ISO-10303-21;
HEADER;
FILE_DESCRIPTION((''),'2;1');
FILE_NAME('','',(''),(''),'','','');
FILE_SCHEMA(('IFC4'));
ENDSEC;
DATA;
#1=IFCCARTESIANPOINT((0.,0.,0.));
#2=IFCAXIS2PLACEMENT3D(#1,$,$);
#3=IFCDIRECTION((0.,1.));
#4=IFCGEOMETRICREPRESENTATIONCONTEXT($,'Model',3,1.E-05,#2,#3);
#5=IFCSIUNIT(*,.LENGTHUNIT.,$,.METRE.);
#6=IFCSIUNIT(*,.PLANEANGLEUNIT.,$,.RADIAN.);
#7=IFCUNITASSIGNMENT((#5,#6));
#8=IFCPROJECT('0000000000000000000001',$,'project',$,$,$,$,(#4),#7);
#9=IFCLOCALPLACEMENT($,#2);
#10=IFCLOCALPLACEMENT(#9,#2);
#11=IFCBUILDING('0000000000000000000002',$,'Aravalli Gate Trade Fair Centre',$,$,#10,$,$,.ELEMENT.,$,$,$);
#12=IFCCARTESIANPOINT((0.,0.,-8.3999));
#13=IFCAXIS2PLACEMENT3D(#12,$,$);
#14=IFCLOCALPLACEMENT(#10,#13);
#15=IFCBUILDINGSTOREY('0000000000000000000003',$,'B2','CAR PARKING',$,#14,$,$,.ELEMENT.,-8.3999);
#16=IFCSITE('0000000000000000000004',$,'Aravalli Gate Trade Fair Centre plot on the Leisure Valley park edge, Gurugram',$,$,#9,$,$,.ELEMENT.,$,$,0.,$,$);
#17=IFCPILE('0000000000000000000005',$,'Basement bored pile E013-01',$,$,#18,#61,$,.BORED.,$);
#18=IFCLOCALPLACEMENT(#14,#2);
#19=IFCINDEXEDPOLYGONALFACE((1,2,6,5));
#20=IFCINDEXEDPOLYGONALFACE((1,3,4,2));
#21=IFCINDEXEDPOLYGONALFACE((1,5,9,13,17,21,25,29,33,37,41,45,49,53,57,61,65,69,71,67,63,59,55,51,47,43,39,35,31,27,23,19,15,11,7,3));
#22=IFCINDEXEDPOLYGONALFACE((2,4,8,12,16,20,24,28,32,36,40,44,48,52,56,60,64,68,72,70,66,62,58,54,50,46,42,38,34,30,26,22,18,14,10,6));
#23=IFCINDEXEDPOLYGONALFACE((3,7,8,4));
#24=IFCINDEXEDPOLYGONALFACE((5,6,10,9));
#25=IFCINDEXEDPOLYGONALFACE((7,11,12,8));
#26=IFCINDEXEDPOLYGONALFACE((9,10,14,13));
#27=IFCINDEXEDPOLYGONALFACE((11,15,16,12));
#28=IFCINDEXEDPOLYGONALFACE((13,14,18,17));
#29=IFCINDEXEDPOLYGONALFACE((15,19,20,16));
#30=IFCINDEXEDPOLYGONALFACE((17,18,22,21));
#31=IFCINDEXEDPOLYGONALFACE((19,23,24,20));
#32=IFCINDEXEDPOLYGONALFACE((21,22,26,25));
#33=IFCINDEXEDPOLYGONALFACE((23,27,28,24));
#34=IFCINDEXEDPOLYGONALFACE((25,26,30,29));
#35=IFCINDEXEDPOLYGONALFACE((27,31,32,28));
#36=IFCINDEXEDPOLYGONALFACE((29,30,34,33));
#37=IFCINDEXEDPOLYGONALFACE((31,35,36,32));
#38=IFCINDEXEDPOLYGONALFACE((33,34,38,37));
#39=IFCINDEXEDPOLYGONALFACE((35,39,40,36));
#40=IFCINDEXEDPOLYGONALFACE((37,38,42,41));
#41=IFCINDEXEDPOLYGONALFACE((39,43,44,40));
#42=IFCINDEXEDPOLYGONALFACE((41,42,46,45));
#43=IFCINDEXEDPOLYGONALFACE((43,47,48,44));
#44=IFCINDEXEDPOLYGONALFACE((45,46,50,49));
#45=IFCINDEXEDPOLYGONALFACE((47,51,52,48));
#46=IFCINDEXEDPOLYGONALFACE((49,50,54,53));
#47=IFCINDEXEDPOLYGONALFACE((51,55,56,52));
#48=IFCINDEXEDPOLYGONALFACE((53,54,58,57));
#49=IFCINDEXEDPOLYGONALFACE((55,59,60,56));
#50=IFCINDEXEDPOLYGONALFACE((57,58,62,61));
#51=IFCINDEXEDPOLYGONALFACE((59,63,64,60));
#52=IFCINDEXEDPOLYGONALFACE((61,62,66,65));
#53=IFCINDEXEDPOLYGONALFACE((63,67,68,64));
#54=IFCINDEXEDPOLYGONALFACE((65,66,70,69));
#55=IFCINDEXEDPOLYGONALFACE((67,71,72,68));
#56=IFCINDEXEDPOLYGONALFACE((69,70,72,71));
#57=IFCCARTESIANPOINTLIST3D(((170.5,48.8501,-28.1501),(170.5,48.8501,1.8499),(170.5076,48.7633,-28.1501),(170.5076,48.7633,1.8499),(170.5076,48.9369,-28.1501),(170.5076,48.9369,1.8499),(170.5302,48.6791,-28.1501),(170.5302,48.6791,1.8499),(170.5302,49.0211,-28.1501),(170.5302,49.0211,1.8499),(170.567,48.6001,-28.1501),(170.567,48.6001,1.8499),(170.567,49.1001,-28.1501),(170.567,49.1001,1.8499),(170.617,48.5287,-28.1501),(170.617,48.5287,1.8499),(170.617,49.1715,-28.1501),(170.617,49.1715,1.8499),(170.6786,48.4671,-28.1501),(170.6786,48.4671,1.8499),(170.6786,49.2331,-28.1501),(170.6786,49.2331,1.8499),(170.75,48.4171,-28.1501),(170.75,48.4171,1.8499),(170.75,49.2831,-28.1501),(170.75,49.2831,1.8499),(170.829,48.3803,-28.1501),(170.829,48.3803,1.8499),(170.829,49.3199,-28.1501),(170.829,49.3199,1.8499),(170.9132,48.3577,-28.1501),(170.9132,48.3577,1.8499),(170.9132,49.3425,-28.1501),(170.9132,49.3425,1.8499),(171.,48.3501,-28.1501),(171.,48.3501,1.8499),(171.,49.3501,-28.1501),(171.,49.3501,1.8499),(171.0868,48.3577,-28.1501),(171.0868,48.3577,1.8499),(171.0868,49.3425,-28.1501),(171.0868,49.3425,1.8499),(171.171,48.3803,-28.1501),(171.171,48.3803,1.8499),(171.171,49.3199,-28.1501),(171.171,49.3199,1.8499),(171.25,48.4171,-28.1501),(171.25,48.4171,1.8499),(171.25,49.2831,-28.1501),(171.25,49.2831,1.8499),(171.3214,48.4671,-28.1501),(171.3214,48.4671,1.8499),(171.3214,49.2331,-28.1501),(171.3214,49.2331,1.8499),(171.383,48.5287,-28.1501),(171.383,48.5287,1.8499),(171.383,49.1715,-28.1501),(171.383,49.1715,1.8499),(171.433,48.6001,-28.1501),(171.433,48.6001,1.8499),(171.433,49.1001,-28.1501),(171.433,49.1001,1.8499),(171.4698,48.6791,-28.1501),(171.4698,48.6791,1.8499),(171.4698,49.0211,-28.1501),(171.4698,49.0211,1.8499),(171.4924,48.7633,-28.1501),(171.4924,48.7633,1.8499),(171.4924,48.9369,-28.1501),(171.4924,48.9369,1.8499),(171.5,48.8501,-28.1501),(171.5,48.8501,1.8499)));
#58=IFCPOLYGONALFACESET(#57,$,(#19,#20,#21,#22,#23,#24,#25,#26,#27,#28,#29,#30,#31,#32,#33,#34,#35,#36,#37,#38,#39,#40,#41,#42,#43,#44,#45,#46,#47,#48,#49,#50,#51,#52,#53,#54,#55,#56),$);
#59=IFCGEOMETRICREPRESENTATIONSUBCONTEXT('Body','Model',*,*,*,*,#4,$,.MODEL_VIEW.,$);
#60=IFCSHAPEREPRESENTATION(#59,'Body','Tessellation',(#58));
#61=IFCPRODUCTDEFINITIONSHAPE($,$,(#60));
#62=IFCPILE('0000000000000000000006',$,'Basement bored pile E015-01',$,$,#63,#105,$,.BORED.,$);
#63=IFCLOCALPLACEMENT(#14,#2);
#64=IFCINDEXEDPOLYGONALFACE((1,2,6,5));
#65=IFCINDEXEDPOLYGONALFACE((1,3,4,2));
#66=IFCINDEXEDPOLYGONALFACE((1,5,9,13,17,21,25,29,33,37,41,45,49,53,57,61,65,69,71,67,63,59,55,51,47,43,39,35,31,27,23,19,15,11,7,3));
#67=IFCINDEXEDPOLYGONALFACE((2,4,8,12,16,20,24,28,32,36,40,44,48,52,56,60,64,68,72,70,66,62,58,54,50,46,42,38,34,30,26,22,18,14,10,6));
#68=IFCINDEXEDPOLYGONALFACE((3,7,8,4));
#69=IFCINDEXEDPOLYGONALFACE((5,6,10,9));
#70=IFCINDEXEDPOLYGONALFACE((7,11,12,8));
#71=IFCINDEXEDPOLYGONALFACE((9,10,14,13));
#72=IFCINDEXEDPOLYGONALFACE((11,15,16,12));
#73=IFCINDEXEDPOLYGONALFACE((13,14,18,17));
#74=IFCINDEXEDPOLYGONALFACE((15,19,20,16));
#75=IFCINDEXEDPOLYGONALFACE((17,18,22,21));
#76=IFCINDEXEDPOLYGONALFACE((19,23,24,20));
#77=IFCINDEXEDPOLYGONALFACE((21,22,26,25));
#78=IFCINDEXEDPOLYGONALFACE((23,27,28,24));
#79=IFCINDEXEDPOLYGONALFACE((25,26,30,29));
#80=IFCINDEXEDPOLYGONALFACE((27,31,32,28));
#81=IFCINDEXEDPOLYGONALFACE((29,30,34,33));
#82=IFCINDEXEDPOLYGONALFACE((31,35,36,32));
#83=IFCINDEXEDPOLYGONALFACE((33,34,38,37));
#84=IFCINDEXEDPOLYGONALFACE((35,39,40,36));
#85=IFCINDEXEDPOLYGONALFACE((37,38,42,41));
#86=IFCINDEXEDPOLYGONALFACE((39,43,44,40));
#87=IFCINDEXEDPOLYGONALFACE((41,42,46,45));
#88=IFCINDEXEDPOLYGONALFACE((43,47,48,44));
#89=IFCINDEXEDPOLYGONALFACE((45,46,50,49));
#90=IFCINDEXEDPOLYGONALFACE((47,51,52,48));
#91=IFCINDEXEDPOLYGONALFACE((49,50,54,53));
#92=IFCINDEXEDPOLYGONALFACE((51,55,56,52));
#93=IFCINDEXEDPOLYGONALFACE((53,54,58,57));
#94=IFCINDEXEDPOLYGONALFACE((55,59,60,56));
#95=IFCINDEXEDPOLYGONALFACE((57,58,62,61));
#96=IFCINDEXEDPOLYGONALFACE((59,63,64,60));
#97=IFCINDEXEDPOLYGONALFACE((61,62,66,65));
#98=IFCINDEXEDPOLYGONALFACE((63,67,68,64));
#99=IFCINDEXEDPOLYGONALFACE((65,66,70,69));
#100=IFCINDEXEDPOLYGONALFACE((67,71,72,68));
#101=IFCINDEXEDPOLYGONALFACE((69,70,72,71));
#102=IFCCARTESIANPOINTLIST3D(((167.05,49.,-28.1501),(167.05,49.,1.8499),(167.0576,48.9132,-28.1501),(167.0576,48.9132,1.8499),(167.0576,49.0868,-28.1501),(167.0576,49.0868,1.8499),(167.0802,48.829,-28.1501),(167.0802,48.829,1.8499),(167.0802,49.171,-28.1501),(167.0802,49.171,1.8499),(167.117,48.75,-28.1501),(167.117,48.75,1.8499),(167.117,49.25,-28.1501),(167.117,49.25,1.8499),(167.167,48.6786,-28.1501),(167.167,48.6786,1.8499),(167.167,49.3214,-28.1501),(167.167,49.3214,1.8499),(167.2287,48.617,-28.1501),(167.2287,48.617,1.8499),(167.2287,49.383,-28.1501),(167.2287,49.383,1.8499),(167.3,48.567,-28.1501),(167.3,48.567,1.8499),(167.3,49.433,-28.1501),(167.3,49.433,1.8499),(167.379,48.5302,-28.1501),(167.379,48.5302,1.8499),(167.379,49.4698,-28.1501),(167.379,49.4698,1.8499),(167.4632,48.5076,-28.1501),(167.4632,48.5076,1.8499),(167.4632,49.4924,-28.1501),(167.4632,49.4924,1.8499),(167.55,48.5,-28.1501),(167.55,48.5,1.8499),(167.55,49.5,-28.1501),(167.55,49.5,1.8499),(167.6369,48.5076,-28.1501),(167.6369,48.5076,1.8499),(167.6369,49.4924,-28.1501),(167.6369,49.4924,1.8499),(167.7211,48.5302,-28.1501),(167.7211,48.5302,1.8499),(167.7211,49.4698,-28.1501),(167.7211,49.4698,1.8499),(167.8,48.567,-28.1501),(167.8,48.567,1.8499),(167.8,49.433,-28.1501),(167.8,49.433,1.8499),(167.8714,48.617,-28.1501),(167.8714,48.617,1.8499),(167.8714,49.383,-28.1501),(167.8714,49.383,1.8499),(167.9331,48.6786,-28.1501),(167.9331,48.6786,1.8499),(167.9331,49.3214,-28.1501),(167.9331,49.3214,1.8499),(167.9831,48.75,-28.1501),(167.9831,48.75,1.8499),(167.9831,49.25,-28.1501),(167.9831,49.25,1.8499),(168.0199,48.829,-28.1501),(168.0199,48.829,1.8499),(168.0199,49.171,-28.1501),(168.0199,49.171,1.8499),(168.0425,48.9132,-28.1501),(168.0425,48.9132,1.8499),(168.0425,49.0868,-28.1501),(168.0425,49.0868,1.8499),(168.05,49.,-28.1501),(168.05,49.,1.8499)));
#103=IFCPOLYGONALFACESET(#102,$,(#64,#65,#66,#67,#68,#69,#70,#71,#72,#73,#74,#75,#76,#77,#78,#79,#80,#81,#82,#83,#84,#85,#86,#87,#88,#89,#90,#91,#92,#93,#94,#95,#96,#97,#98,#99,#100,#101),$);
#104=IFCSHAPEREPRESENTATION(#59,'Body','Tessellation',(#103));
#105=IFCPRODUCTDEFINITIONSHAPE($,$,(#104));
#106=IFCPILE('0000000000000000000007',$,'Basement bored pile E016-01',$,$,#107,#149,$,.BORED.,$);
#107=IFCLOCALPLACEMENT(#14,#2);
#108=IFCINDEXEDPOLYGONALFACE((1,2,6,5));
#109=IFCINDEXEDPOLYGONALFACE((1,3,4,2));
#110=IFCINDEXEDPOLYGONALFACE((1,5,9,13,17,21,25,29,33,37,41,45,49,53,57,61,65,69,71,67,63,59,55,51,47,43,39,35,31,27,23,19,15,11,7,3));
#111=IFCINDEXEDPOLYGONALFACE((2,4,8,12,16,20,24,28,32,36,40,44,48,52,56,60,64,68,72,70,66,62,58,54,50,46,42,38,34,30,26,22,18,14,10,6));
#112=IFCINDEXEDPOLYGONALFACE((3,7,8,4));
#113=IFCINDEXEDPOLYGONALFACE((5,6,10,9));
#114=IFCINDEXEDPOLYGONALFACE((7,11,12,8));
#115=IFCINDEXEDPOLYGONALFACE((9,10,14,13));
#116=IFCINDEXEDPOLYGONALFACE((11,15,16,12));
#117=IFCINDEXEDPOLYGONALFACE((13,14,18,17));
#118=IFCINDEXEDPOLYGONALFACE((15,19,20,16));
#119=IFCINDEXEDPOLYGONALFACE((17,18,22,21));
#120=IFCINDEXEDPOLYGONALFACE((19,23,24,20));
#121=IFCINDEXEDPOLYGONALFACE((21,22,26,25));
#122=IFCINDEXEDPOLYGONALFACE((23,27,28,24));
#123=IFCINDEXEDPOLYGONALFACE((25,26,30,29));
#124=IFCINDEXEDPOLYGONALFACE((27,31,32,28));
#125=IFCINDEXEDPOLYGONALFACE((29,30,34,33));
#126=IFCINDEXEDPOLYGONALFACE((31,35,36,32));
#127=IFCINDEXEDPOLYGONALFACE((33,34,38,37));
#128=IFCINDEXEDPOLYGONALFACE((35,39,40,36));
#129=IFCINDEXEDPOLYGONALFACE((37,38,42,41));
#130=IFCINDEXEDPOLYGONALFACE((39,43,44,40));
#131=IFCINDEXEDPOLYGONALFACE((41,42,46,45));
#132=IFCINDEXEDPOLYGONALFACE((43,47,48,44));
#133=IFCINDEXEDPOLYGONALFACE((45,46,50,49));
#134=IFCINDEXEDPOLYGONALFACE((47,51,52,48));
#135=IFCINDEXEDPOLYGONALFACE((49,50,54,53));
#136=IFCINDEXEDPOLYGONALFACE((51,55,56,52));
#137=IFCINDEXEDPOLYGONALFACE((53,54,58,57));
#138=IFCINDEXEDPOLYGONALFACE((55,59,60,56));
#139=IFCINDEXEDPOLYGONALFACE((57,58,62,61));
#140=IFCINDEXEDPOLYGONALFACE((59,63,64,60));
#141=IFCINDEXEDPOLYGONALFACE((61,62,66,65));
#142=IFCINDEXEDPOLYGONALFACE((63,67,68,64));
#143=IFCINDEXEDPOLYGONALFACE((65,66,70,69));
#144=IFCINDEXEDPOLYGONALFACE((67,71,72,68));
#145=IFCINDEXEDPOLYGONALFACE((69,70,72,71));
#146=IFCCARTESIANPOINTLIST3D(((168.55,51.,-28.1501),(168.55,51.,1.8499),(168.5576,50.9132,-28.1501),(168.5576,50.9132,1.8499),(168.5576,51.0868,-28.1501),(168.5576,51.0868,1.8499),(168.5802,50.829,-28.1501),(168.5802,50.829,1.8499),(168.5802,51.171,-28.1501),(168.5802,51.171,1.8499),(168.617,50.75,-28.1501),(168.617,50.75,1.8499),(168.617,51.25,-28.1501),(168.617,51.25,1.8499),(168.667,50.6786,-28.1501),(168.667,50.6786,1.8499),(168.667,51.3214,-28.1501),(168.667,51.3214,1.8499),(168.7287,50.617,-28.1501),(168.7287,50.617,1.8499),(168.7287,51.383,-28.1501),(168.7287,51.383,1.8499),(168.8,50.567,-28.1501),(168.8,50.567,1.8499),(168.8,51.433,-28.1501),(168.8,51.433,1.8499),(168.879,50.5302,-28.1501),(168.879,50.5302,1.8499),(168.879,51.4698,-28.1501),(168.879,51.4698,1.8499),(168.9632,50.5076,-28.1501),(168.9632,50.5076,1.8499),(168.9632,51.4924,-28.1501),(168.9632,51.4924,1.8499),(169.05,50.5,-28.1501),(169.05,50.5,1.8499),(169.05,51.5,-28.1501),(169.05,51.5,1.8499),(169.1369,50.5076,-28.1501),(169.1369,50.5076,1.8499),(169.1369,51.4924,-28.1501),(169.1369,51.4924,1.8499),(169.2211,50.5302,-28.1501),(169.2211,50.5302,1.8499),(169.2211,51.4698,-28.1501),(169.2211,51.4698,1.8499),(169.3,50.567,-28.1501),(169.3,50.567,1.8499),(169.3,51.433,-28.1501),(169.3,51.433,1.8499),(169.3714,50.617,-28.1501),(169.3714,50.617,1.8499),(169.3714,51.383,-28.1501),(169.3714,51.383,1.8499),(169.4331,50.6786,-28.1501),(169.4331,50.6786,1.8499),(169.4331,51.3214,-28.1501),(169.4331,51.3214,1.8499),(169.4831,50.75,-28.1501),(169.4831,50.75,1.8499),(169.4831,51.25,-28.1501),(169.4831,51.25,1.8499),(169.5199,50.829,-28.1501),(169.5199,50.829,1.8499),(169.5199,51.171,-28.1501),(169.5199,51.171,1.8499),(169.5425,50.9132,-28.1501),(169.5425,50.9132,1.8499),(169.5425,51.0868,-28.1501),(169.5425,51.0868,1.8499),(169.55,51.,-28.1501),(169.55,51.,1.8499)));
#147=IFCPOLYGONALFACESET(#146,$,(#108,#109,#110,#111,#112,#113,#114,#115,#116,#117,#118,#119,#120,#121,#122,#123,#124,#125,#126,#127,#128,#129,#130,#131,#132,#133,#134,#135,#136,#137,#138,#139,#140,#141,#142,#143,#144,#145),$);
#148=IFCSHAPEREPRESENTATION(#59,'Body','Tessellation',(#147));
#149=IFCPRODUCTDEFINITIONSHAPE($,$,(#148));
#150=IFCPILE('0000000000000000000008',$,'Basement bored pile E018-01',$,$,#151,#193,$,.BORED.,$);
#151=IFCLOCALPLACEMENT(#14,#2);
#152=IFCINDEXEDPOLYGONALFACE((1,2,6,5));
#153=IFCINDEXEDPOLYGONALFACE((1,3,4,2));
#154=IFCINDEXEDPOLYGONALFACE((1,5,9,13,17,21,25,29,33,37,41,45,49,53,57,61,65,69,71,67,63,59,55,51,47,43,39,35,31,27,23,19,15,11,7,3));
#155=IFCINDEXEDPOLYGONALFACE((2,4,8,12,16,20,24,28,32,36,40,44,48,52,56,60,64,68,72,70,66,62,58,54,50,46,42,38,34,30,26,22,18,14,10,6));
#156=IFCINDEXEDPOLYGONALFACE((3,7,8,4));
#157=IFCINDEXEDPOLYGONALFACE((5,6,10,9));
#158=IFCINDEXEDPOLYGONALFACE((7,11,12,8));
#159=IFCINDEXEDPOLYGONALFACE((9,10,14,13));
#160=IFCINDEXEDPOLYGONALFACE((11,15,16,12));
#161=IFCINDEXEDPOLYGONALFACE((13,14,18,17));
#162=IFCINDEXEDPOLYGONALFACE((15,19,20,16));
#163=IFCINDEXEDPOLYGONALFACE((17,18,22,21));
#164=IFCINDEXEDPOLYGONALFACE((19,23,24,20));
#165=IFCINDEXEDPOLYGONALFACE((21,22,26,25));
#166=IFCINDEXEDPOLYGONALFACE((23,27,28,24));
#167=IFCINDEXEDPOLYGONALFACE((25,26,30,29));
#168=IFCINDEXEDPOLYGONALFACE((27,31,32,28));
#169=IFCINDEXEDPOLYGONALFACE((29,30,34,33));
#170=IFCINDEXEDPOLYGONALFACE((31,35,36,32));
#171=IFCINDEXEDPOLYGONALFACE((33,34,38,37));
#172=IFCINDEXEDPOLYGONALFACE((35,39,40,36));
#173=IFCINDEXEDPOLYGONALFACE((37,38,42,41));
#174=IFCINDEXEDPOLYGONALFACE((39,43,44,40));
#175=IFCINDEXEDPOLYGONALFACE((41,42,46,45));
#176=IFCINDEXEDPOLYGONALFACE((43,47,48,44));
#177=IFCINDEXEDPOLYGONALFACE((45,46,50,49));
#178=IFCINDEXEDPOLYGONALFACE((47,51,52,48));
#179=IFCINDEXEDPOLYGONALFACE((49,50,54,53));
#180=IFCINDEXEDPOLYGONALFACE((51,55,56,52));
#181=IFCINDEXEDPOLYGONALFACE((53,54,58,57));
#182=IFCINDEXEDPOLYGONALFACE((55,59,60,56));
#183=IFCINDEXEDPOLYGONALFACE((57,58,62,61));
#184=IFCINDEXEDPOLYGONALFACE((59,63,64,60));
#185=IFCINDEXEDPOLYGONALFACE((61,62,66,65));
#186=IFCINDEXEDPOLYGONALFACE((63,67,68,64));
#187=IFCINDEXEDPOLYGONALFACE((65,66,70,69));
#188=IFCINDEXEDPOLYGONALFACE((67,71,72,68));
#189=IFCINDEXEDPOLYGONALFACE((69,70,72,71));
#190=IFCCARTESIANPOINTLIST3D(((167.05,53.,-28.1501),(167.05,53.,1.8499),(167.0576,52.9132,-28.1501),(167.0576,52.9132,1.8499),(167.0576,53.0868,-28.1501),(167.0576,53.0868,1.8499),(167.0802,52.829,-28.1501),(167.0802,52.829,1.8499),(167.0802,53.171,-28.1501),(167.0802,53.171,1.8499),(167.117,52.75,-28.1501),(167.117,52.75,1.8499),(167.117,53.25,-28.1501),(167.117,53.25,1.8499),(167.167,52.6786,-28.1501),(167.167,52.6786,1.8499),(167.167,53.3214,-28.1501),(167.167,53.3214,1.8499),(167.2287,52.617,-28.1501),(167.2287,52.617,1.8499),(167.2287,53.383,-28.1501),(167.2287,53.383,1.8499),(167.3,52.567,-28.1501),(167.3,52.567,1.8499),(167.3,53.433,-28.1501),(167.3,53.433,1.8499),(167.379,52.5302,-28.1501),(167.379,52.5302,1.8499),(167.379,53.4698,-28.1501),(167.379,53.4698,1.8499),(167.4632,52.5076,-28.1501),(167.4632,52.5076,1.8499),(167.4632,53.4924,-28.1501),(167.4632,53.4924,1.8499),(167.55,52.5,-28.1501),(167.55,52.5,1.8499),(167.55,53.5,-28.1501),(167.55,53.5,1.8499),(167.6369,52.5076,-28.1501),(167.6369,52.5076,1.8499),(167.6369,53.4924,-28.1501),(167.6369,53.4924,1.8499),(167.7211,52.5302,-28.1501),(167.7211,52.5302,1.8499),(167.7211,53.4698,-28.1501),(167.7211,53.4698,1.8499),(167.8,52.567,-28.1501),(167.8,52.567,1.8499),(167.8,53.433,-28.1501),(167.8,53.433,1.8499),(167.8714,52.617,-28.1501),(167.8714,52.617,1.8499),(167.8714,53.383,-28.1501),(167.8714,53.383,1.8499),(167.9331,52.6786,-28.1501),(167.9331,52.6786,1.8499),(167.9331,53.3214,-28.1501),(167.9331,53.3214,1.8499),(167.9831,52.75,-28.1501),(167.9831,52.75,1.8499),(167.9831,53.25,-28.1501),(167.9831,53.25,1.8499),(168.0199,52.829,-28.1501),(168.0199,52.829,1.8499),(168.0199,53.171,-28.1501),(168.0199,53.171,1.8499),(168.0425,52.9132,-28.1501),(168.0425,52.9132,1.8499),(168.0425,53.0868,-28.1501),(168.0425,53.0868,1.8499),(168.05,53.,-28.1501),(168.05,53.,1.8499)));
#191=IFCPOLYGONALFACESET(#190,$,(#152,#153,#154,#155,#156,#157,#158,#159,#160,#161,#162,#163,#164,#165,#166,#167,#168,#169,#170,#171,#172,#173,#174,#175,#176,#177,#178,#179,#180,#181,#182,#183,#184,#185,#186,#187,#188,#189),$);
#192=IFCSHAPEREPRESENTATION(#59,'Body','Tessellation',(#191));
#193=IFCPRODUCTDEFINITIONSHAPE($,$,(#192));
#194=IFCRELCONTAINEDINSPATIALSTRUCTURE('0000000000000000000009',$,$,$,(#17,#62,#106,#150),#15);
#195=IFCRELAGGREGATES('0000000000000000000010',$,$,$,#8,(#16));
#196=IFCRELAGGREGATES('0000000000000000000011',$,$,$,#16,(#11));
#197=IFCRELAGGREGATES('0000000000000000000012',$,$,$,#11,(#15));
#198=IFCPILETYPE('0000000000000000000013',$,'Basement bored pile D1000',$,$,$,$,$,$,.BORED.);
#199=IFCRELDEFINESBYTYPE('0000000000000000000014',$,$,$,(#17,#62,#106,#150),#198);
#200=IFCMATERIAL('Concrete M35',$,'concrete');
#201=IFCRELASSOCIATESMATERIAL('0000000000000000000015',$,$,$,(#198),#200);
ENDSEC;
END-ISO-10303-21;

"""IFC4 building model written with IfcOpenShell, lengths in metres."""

from ifc_helpers import new_model, si_unit, direction, frame, origin, origin_2d, place, context, subcontext, project, spatial, circle, extrude, material, material_profile, profile_set, type_object, element, save


model = new_model("IFC4")

# Units and contexts
model_context = context("Model", 3, precision=1e-05, world=origin(), true_north=direction((0.0, 1.0)))
body_context = subcontext(model_context, "Body", "Model", "MODEL_VIEW")
ifc_project = project(units=[si_unit("LENGTHUNIT", "METRE"), si_unit("PLANEANGLEUNIT", "RADIAN")], contexts=[model_context])

# Site, building, storey
site_placement = place(None, origin())
site = spatial("IfcSite", under=ifc_project, at=site_placement, Name="Aravalli Gate Trade Fair Centre plot on the Leisure Valley park edge, Gurugram", CompositionType="ELEMENT", RefElevation=0.0)
building_placement = place(site_placement, origin())
building = spatial("IfcBuilding", under=site, at=building_placement, Name="Aravalli Gate Trade Fair Centre", CompositionType="ELEMENT")
storey_placement = place(building_placement, frame((0.0, 0.0, -8.3999)))
storey = spatial("IfcBuildingStorey", under=building, at=storey_placement, Name="B2", Description="CAR PARKING", CompositionType="ELEMENT", Elevation=-8.3999)

# Piles
ifc_material = material(Name="Concrete M35", Category="concrete")
ifc_material_profile = material_profile(ifc_material, circle(Radius=0.5, at=origin_2d()), Name="D1000")
ifc_profile_set = profile_set([ifc_material_profile], Name="Concrete M35")
pile_type = type_object("IfcPileType", Name="Basement bored pile D1000", PredefinedType="BORED", material=ifc_profile_set)
for number, where, z_axis, x_axis, name in (
    (1, (171.0, 48.8501, 1.8499), (0.0, 0.0, -1.0), (1.0, 0.0, 0.0), "Basement bored pile E013-01"),
    (2, (167.55, 49.0, 1.8499), (0.0, 0.0, -1.0), (1.0, 0.0, 0.0), "Basement bored pile E015-01"),
    (3, (169.05, 51.0, 1.8499), (0.0, 0.0, -1.0), (1.0, 0.0, 0.0), "Basement bored pile E016-01"),
    (4, (167.55, 53.0, 1.8499), (0.0, 0.0, -1.0), (1.0, 0.0, 0.0), "Basement bored pile E018-01"),
):
    element("IfcPile", number, at=place(storey_placement, frame(where, z_axis=z_axis, x_axis=x_axis)), inside=storey, type_object=pile_type, Name=name, PredefinedType="BORED", context=body_context, shape_type="SweptSolid", body=[
        extrude(circle(Radius=0.5, at=origin_2d()), origin(), (0.0, 0.0, 1.0), 30.0),
    ])

save(model, "model.ifc")
